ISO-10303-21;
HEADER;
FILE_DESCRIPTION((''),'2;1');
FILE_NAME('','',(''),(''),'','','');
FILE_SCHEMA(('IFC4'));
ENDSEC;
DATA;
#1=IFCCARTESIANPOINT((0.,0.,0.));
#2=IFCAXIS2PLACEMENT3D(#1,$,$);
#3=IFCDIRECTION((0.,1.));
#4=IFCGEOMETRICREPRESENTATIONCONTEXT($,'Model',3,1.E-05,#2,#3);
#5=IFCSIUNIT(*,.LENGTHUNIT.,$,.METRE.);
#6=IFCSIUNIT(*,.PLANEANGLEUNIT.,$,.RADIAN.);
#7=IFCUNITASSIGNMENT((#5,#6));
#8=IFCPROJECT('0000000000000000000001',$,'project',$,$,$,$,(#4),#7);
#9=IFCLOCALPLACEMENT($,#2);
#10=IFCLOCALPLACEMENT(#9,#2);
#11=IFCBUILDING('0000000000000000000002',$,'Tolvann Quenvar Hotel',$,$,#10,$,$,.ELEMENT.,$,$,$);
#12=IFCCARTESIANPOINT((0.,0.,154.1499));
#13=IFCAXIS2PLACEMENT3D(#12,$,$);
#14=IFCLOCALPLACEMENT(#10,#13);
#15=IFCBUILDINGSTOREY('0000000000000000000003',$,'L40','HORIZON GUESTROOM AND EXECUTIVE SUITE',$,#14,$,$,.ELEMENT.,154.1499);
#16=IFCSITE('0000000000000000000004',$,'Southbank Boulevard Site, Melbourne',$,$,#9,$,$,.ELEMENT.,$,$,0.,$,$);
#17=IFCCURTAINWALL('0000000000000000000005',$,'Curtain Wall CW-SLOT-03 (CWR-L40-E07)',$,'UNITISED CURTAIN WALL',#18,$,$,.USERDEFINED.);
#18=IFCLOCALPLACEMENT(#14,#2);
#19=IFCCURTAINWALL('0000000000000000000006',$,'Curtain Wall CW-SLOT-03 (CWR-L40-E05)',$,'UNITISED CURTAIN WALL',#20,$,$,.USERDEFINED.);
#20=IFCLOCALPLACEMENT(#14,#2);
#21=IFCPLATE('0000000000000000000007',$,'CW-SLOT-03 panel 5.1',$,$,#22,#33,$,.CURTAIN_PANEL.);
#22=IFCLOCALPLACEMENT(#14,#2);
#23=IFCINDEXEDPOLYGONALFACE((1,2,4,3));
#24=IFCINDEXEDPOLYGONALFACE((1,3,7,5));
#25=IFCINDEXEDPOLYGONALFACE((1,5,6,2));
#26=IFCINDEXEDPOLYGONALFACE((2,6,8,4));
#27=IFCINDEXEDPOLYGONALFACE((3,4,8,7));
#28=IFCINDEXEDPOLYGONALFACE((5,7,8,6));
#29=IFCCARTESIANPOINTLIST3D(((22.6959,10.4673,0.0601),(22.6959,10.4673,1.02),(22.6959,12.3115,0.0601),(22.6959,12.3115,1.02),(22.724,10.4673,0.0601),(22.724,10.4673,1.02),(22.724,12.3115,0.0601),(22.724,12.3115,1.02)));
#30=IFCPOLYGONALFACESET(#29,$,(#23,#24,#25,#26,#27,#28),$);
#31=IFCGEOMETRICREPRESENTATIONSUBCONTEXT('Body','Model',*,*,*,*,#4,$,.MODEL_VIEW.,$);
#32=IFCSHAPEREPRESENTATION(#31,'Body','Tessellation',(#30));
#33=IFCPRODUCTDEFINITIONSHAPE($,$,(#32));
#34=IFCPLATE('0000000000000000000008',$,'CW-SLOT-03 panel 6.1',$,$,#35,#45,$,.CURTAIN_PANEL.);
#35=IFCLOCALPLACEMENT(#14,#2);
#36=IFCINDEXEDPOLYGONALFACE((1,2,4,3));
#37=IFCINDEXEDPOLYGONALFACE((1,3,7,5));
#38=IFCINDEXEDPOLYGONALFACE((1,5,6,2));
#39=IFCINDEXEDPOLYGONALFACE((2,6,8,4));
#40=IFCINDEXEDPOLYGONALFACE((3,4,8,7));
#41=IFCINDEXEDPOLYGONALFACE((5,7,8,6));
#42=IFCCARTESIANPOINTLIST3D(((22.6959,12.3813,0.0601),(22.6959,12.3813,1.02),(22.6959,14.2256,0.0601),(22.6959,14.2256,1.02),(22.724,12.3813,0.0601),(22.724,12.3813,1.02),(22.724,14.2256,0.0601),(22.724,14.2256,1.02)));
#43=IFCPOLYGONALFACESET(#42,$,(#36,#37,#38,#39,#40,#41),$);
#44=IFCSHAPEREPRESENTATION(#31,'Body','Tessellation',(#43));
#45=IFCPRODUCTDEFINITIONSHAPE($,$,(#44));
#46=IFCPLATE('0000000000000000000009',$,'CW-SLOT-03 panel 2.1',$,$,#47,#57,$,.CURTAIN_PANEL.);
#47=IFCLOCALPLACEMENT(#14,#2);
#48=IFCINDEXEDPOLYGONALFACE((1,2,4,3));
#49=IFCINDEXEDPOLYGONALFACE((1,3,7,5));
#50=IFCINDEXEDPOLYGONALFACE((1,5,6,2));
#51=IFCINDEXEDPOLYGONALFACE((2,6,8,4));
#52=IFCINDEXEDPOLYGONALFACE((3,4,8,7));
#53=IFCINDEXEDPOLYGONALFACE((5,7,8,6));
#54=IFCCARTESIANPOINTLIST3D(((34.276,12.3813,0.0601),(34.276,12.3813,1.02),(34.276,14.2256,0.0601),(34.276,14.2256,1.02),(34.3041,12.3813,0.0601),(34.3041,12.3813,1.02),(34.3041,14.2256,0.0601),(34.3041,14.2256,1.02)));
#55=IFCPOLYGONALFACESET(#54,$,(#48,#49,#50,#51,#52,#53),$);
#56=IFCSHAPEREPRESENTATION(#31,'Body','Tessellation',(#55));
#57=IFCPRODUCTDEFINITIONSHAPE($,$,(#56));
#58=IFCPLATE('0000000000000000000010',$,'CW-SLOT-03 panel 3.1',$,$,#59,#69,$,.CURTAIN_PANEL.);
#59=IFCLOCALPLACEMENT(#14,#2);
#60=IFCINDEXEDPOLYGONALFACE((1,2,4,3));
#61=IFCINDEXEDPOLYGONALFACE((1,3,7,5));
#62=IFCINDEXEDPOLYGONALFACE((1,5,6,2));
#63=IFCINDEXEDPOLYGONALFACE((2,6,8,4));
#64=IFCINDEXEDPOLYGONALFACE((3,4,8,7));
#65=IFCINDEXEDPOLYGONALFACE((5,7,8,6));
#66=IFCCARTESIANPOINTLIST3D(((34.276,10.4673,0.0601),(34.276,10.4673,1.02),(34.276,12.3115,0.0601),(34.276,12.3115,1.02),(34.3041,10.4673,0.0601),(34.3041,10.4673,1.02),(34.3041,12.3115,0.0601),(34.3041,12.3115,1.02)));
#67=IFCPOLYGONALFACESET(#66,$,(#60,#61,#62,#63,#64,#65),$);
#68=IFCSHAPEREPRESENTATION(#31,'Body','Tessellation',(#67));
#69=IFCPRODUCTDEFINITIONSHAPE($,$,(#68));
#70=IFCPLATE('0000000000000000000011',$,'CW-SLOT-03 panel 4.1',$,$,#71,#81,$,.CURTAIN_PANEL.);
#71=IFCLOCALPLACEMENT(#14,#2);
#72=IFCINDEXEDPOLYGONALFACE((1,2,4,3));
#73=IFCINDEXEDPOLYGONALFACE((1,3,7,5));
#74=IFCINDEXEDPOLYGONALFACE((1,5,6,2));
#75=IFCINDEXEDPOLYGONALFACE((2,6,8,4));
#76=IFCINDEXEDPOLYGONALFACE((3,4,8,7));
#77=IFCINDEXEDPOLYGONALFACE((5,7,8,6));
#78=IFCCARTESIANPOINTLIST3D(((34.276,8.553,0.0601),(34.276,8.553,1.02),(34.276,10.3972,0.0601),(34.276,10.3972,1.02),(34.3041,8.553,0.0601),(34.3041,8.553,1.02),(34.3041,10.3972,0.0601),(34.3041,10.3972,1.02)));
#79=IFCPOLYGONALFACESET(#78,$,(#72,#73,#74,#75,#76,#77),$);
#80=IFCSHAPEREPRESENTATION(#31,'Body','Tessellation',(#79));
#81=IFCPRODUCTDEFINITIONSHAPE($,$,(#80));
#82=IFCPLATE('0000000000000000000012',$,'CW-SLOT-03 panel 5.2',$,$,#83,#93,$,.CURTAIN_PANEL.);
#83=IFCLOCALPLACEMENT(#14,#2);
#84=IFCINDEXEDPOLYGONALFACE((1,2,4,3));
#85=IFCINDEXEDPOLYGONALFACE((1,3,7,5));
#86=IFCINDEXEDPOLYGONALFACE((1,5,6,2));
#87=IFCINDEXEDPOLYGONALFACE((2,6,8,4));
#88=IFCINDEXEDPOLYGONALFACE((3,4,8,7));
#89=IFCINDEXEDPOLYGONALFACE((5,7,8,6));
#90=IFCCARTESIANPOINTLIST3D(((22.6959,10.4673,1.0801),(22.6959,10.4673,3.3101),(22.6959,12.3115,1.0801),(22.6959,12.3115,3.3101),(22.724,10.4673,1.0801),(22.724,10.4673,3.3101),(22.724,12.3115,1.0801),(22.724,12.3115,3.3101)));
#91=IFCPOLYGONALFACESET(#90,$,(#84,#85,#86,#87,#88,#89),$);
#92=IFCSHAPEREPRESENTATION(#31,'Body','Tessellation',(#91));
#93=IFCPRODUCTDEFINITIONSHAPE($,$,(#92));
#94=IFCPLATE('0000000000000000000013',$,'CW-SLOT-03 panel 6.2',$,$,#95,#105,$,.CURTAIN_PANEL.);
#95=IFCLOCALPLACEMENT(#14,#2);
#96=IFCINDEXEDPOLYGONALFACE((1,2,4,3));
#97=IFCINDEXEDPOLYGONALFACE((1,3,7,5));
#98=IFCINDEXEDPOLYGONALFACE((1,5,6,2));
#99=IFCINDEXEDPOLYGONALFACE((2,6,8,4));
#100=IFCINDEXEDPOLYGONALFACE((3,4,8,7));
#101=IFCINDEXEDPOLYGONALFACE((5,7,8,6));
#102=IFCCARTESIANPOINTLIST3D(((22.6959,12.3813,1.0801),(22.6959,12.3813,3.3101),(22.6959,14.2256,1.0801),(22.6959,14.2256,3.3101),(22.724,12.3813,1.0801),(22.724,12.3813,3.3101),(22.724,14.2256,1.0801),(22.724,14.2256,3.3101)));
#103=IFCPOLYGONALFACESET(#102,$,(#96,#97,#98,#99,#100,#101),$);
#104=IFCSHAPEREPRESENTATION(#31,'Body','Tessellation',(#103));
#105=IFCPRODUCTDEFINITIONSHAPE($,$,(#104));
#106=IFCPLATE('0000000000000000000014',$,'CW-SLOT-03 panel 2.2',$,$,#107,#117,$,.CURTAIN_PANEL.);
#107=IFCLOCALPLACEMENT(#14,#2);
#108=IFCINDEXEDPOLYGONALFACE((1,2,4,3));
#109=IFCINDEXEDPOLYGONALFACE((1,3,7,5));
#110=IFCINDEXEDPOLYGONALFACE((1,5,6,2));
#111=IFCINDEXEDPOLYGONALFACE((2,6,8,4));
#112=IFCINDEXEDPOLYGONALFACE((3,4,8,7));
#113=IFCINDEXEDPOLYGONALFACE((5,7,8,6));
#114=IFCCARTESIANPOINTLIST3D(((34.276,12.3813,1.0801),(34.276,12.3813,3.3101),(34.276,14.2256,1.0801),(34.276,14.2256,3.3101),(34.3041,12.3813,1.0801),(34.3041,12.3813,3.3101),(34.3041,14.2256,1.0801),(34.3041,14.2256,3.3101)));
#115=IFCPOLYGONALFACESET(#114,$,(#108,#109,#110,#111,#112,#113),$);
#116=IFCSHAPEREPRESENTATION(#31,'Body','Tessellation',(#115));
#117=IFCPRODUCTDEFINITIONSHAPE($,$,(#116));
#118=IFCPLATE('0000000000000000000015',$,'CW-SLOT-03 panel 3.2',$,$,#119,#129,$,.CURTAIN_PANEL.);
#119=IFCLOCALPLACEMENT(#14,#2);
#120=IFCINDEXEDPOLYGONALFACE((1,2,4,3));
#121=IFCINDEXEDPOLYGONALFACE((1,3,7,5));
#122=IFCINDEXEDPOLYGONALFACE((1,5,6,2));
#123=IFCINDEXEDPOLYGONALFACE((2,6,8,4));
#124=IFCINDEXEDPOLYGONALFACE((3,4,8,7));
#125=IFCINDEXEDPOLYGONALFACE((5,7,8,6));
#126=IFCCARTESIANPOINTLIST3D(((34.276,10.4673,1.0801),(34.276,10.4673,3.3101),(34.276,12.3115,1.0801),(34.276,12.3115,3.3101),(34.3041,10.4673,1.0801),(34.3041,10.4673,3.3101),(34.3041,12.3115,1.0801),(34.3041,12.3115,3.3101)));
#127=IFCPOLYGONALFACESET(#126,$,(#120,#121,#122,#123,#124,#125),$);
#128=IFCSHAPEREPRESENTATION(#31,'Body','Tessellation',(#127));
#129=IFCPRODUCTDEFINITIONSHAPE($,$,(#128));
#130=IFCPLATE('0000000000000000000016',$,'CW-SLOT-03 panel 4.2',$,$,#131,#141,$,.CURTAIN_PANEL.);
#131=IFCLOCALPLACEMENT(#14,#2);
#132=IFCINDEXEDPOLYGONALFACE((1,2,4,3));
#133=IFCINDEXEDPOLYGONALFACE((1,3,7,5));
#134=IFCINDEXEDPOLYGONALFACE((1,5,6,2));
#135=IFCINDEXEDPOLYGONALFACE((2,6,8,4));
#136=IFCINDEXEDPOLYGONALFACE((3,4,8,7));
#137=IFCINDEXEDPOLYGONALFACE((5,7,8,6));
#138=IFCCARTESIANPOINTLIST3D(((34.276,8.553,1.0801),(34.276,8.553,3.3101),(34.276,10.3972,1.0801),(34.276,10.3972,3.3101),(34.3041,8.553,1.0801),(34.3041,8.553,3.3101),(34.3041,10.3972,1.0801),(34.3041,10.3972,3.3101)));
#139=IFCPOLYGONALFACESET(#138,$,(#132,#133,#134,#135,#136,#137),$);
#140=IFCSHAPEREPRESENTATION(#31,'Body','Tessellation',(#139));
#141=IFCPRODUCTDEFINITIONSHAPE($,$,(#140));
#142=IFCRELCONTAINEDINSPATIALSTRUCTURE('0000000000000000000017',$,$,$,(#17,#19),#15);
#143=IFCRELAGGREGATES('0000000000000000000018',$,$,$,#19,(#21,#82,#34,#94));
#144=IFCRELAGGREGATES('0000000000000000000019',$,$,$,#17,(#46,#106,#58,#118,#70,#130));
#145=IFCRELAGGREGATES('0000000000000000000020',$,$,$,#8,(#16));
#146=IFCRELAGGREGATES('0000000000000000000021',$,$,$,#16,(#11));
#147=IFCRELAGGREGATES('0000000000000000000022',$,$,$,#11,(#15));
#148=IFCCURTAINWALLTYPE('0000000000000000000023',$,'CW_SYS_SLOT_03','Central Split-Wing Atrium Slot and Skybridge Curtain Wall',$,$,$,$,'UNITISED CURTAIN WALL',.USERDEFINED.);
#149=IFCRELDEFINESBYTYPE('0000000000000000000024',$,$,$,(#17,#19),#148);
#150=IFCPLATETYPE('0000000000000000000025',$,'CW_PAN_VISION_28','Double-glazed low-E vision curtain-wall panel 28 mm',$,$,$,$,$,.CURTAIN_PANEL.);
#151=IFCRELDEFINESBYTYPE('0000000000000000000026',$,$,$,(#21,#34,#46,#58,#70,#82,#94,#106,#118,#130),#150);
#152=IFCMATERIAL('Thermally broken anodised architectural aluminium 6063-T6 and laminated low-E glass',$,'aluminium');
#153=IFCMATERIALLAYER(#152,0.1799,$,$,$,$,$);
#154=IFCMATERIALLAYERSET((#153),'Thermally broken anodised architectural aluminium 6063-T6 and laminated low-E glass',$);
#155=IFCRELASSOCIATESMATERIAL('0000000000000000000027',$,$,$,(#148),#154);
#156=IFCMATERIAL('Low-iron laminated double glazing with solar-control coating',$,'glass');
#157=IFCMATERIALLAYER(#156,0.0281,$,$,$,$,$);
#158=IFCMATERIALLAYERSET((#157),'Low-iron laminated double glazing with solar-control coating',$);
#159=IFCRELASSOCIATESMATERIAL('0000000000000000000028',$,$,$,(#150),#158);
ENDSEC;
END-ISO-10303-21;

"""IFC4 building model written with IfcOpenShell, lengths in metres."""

from ifc_helpers import new_model, si_unit, direction, frame, origin, origin_2d, place, context, subcontext, project, spatial, rectangle, extrude, source, transform, mapped, material, layer, layer_set, type_object, element, aggregate, save


model = new_model("IFC4")

# Units and contexts
model_context = context("Model", 3, precision=1e-05, world=origin(), true_north=direction((0.0, 1.0)))
body_context = subcontext(model_context, "Body", "Model", "MODEL_VIEW")
ifc_project = project(units=[si_unit("LENGTHUNIT", "METRE"), si_unit("PLANEANGLEUNIT", "RADIAN")], contexts=[model_context])

# Site, building, storey
site_placement = place(None, origin())
site = spatial("IfcSite", under=ifc_project, at=site_placement, Name="Southbank Boulevard Site, Melbourne", CompositionType="ELEMENT", RefElevation=0.0)
building_placement = place(site_placement, origin())
building = spatial("IfcBuilding", under=site, at=building_placement, Name="Tolvann Quenvar Hotel", CompositionType="ELEMENT")
storey_placement = place(building_placement, frame((0.0, 0.0, 154.1499)))
storey = spatial("IfcBuildingStorey", under=building, at=storey_placement, Name="L40", Description="HORIZON GUESTROOM AND EXECUTIVE SUITE", CompositionType="ELEMENT", Elevation=154.1499)

# Curtain walls
ifc_material_1 = material(Name="Thermally broken anodised architectural aluminium 6063-T6 and laminated low-E glass", Category="aluminium")
ifc_layer_1 = layer(ifc_material_1, 0.1799)
ifc_layer_set_1 = layer_set([ifc_layer_1], Name="Thermally broken anodised architectural aluminium 6063-T6 and laminated low-E glass")
curtain_wall_type = type_object("IfcCurtainWallType", Name="CW_SYS_SLOT_03", Description="Central Split-Wing Atrium Slot and Skybridge Curtain Wall", ElementType="UNITISED CURTAIN WALL", PredefinedType="USERDEFINED", material=ifc_layer_set_1)
curtain_wall_1_placement = place(storey_placement, origin())
curtain_wall_1 = element("IfcCurtainWall", 1, at=curtain_wall_1_placement, inside=storey, type_object=curtain_wall_type, Name="Curtain Wall CW-SLOT-03 (CWR-L40-E07)", ObjectType="UNITISED CURTAIN WALL", PredefinedType="USERDEFINED")
curtain_wall_2_placement = place(storey_placement, origin())
curtain_wall_2 = element("IfcCurtainWall", 2, at=curtain_wall_2_placement, inside=storey, type_object=curtain_wall_type, Name="Curtain Wall CW-SLOT-03 (CWR-L40-E05)", ObjectType="UNITISED CURTAIN WALL", PredefinedType="USERDEFINED")

# Plates
ifc_material_2 = material(Name="Low-iron laminated double glazing with solar-control coating", Category="glass")
ifc_layer_2 = layer(ifc_material_2, 0.0281)
ifc_layer_set_2 = layer_set([ifc_layer_2], Name="Low-iron laminated double glazing with solar-control coating")
plate_type = type_object("IfcPlateType", Name="CW_PAN_VISION_28", Description="Double-glazed low-E vision curtain-wall panel 28 mm", PredefinedType="CURTAIN_PANEL", material=ifc_layer_set_2)
shared_shape_1 = source(origin(), body_context, "Body", "SweptSolid", [
    extrude(rectangle(XDim=1.8442, YDim=0.0281, at=origin_2d()), origin(), (0.0, 0.0, 1.0), 0.96),
])
plate_1_placement = place(storey_placement, frame((22.71, 11.3894, 0.0601), z_axis=(0.0, 0.0, 1.0), x_axis=(0.0, 1.0, 0.0)))
plate_1 = element("IfcPlate", 3, at=plate_1_placement, type_object=plate_type, Name="CW-SLOT-03 panel 5.1", PredefinedType="CURTAIN_PANEL", context=body_context, shape_type="MappedRepresentation", body=[
    mapped(shared_shape_1, transform((0.0, 0.0, 0.0), x_axis=(1.0, 0.0, 0.0), y_axis=(0.0, 1.0, 0.0), z_axis=(0.0, 0.0, 1.0), scale=1.0)),
])
plate_2_placement = place(storey_placement, frame((22.71, 13.3035, 0.0601), z_axis=(0.0, 0.0, 1.0), x_axis=(0.0, 1.0, 0.0)))
plate_2 = element("IfcPlate", 4, at=plate_2_placement, type_object=plate_type, Name="CW-SLOT-03 panel 6.1", PredefinedType="CURTAIN_PANEL", context=body_context, shape_type="MappedRepresentation", body=[
    mapped(shared_shape_1, transform((0.0, 0.0, 0.0), x_axis=(1.0, 0.0, 0.0), y_axis=(0.0, 1.0, 0.0), z_axis=(0.0, 0.0, 1.0), scale=1.0)),
])
plate_3_placement = place(storey_placement, frame((34.29, 13.3035, 0.0601), z_axis=(0.0, 0.0, 1.0), x_axis=(0.0, -1.0, 0.0)))
plate_3 = element("IfcPlate", 5, at=plate_3_placement, type_object=plate_type, Name="CW-SLOT-03 panel 2.1", PredefinedType="CURTAIN_PANEL", context=body_context, shape_type="MappedRepresentation", body=[
    mapped(shared_shape_1, transform((0.0, 0.0, 0.0), x_axis=(1.0, 0.0, 0.0), y_axis=(0.0, 1.0, 0.0), z_axis=(0.0, 0.0, 1.0), scale=1.0)),
])
plate_4_placement = place(storey_placement, frame((34.29, 11.3894, 0.0601), z_axis=(0.0, 0.0, 1.0), x_axis=(0.0, -1.0, 0.0)))
plate_4 = element("IfcPlate", 6, at=plate_4_placement, type_object=plate_type, Name="CW-SLOT-03 panel 3.1", PredefinedType="CURTAIN_PANEL", context=body_context, shape_type="MappedRepresentation", body=[
    mapped(shared_shape_1, transform((0.0, 0.0, 0.0), x_axis=(1.0, 0.0, 0.0), y_axis=(0.0, 1.0, 0.0), z_axis=(0.0, 0.0, 1.0), scale=1.0)),
])
plate_5_placement = place(storey_placement, frame((34.29, 9.4751, 0.0601), z_axis=(0.0, 0.0, 1.0), x_axis=(0.0, -1.0, 0.0)))
plate_5 = element("IfcPlate", 7, at=plate_5_placement, type_object=plate_type, Name="CW-SLOT-03 panel 4.1", PredefinedType="CURTAIN_PANEL", context=body_context, shape_type="MappedRepresentation", body=[
    mapped(shared_shape_1, transform((0.0, 0.0, 0.0), x_axis=(1.0, 0.0, 0.0), y_axis=(0.0, 1.0, 0.0), z_axis=(0.0, 0.0, 1.0), scale=1.0)),
])
shared_shape_2 = source(origin(), body_context, "Body", "SweptSolid", [
    extrude(rectangle(XDim=1.8442, YDim=0.0281, at=origin_2d()), origin(), (0.0, 0.0, 1.0), 2.23),
])
plate_6_placement = place(storey_placement, frame((22.71, 11.3894, 1.0801), z_axis=(0.0, 0.0, 1.0), x_axis=(0.0, 1.0, 0.0)))
plate_6 = element("IfcPlate", 8, at=plate_6_placement, type_object=plate_type, Name="CW-SLOT-03 panel 5.2", PredefinedType="CURTAIN_PANEL", context=body_context, shape_type="MappedRepresentation", body=[
    mapped(shared_shape_2, transform((0.0, 0.0, 0.0), x_axis=(1.0, 0.0, 0.0), y_axis=(0.0, 1.0, 0.0), z_axis=(0.0, 0.0, 1.0), scale=1.0)),
])
plate_7_placement = place(storey_placement, frame((22.71, 13.3035, 1.0801), z_axis=(0.0, 0.0, 1.0), x_axis=(0.0, 1.0, 0.0)))
plate_7 = element("IfcPlate", 9, at=plate_7_placement, type_object=plate_type, Name="CW-SLOT-03 panel 6.2", PredefinedType="CURTAIN_PANEL", context=body_context, shape_type="MappedRepresentation", body=[
    mapped(shared_shape_2, transform((0.0, 0.0, 0.0), x_axis=(1.0, 0.0, 0.0), y_axis=(0.0, 1.0, 0.0), z_axis=(0.0, 0.0, 1.0), scale=1.0)),
])
aggregate(curtain_wall_2, [plate_1, plate_6, plate_2, plate_7])
plate_8_placement = place(storey_placement, frame((34.29, 13.3035, 1.0801), z_axis=(0.0, 0.0, 1.0), x_axis=(0.0, -1.0, 0.0)))
plate_8 = element("IfcPlate", 10, at=plate_8_placement, type_object=plate_type, Name="CW-SLOT-03 panel 2.2", PredefinedType="CURTAIN_PANEL", context=body_context, shape_type="MappedRepresentation", body=[
    mapped(shared_shape_2, transform((0.0, 0.0, 0.0), x_axis=(1.0, 0.0, 0.0), y_axis=(0.0, 1.0, 0.0), z_axis=(0.0, 0.0, 1.0), scale=1.0)),
])
plate_9_placement = place(storey_placement, frame((34.29, 11.3894, 1.0801), z_axis=(0.0, 0.0, 1.0), x_axis=(0.0, -1.0, 0.0)))
plate_9 = element("IfcPlate", 11, at=plate_9_placement, type_object=plate_type, Name="CW-SLOT-03 panel 3.2", PredefinedType="CURTAIN_PANEL", context=body_context, shape_type="MappedRepresentation", body=[
    mapped(shared_shape_2, transform((0.0, 0.0, 0.0), x_axis=(1.0, 0.0, 0.0), y_axis=(0.0, 1.0, 0.0), z_axis=(0.0, 0.0, 1.0), scale=1.0)),
])
plate_10_placement = place(storey_placement, frame((34.29, 9.4751, 1.0801), z_axis=(0.0, 0.0, 1.0), x_axis=(0.0, -1.0, 0.0)))
plate_10 = element("IfcPlate", 12, at=plate_10_placement, type_object=plate_type, Name="CW-SLOT-03 panel 4.2", PredefinedType="CURTAIN_PANEL", context=body_context, shape_type="MappedRepresentation", body=[
    mapped(shared_shape_2, transform((0.0, 0.0, 0.0), x_axis=(1.0, 0.0, 0.0), y_axis=(0.0, 1.0, 0.0), z_axis=(0.0, 0.0, 1.0), scale=1.0)),
])
aggregate(curtain_wall_1, [plate_3, plate_8, plate_4, plate_9, plate_5, plate_10])

save(model, "model.ifc")
